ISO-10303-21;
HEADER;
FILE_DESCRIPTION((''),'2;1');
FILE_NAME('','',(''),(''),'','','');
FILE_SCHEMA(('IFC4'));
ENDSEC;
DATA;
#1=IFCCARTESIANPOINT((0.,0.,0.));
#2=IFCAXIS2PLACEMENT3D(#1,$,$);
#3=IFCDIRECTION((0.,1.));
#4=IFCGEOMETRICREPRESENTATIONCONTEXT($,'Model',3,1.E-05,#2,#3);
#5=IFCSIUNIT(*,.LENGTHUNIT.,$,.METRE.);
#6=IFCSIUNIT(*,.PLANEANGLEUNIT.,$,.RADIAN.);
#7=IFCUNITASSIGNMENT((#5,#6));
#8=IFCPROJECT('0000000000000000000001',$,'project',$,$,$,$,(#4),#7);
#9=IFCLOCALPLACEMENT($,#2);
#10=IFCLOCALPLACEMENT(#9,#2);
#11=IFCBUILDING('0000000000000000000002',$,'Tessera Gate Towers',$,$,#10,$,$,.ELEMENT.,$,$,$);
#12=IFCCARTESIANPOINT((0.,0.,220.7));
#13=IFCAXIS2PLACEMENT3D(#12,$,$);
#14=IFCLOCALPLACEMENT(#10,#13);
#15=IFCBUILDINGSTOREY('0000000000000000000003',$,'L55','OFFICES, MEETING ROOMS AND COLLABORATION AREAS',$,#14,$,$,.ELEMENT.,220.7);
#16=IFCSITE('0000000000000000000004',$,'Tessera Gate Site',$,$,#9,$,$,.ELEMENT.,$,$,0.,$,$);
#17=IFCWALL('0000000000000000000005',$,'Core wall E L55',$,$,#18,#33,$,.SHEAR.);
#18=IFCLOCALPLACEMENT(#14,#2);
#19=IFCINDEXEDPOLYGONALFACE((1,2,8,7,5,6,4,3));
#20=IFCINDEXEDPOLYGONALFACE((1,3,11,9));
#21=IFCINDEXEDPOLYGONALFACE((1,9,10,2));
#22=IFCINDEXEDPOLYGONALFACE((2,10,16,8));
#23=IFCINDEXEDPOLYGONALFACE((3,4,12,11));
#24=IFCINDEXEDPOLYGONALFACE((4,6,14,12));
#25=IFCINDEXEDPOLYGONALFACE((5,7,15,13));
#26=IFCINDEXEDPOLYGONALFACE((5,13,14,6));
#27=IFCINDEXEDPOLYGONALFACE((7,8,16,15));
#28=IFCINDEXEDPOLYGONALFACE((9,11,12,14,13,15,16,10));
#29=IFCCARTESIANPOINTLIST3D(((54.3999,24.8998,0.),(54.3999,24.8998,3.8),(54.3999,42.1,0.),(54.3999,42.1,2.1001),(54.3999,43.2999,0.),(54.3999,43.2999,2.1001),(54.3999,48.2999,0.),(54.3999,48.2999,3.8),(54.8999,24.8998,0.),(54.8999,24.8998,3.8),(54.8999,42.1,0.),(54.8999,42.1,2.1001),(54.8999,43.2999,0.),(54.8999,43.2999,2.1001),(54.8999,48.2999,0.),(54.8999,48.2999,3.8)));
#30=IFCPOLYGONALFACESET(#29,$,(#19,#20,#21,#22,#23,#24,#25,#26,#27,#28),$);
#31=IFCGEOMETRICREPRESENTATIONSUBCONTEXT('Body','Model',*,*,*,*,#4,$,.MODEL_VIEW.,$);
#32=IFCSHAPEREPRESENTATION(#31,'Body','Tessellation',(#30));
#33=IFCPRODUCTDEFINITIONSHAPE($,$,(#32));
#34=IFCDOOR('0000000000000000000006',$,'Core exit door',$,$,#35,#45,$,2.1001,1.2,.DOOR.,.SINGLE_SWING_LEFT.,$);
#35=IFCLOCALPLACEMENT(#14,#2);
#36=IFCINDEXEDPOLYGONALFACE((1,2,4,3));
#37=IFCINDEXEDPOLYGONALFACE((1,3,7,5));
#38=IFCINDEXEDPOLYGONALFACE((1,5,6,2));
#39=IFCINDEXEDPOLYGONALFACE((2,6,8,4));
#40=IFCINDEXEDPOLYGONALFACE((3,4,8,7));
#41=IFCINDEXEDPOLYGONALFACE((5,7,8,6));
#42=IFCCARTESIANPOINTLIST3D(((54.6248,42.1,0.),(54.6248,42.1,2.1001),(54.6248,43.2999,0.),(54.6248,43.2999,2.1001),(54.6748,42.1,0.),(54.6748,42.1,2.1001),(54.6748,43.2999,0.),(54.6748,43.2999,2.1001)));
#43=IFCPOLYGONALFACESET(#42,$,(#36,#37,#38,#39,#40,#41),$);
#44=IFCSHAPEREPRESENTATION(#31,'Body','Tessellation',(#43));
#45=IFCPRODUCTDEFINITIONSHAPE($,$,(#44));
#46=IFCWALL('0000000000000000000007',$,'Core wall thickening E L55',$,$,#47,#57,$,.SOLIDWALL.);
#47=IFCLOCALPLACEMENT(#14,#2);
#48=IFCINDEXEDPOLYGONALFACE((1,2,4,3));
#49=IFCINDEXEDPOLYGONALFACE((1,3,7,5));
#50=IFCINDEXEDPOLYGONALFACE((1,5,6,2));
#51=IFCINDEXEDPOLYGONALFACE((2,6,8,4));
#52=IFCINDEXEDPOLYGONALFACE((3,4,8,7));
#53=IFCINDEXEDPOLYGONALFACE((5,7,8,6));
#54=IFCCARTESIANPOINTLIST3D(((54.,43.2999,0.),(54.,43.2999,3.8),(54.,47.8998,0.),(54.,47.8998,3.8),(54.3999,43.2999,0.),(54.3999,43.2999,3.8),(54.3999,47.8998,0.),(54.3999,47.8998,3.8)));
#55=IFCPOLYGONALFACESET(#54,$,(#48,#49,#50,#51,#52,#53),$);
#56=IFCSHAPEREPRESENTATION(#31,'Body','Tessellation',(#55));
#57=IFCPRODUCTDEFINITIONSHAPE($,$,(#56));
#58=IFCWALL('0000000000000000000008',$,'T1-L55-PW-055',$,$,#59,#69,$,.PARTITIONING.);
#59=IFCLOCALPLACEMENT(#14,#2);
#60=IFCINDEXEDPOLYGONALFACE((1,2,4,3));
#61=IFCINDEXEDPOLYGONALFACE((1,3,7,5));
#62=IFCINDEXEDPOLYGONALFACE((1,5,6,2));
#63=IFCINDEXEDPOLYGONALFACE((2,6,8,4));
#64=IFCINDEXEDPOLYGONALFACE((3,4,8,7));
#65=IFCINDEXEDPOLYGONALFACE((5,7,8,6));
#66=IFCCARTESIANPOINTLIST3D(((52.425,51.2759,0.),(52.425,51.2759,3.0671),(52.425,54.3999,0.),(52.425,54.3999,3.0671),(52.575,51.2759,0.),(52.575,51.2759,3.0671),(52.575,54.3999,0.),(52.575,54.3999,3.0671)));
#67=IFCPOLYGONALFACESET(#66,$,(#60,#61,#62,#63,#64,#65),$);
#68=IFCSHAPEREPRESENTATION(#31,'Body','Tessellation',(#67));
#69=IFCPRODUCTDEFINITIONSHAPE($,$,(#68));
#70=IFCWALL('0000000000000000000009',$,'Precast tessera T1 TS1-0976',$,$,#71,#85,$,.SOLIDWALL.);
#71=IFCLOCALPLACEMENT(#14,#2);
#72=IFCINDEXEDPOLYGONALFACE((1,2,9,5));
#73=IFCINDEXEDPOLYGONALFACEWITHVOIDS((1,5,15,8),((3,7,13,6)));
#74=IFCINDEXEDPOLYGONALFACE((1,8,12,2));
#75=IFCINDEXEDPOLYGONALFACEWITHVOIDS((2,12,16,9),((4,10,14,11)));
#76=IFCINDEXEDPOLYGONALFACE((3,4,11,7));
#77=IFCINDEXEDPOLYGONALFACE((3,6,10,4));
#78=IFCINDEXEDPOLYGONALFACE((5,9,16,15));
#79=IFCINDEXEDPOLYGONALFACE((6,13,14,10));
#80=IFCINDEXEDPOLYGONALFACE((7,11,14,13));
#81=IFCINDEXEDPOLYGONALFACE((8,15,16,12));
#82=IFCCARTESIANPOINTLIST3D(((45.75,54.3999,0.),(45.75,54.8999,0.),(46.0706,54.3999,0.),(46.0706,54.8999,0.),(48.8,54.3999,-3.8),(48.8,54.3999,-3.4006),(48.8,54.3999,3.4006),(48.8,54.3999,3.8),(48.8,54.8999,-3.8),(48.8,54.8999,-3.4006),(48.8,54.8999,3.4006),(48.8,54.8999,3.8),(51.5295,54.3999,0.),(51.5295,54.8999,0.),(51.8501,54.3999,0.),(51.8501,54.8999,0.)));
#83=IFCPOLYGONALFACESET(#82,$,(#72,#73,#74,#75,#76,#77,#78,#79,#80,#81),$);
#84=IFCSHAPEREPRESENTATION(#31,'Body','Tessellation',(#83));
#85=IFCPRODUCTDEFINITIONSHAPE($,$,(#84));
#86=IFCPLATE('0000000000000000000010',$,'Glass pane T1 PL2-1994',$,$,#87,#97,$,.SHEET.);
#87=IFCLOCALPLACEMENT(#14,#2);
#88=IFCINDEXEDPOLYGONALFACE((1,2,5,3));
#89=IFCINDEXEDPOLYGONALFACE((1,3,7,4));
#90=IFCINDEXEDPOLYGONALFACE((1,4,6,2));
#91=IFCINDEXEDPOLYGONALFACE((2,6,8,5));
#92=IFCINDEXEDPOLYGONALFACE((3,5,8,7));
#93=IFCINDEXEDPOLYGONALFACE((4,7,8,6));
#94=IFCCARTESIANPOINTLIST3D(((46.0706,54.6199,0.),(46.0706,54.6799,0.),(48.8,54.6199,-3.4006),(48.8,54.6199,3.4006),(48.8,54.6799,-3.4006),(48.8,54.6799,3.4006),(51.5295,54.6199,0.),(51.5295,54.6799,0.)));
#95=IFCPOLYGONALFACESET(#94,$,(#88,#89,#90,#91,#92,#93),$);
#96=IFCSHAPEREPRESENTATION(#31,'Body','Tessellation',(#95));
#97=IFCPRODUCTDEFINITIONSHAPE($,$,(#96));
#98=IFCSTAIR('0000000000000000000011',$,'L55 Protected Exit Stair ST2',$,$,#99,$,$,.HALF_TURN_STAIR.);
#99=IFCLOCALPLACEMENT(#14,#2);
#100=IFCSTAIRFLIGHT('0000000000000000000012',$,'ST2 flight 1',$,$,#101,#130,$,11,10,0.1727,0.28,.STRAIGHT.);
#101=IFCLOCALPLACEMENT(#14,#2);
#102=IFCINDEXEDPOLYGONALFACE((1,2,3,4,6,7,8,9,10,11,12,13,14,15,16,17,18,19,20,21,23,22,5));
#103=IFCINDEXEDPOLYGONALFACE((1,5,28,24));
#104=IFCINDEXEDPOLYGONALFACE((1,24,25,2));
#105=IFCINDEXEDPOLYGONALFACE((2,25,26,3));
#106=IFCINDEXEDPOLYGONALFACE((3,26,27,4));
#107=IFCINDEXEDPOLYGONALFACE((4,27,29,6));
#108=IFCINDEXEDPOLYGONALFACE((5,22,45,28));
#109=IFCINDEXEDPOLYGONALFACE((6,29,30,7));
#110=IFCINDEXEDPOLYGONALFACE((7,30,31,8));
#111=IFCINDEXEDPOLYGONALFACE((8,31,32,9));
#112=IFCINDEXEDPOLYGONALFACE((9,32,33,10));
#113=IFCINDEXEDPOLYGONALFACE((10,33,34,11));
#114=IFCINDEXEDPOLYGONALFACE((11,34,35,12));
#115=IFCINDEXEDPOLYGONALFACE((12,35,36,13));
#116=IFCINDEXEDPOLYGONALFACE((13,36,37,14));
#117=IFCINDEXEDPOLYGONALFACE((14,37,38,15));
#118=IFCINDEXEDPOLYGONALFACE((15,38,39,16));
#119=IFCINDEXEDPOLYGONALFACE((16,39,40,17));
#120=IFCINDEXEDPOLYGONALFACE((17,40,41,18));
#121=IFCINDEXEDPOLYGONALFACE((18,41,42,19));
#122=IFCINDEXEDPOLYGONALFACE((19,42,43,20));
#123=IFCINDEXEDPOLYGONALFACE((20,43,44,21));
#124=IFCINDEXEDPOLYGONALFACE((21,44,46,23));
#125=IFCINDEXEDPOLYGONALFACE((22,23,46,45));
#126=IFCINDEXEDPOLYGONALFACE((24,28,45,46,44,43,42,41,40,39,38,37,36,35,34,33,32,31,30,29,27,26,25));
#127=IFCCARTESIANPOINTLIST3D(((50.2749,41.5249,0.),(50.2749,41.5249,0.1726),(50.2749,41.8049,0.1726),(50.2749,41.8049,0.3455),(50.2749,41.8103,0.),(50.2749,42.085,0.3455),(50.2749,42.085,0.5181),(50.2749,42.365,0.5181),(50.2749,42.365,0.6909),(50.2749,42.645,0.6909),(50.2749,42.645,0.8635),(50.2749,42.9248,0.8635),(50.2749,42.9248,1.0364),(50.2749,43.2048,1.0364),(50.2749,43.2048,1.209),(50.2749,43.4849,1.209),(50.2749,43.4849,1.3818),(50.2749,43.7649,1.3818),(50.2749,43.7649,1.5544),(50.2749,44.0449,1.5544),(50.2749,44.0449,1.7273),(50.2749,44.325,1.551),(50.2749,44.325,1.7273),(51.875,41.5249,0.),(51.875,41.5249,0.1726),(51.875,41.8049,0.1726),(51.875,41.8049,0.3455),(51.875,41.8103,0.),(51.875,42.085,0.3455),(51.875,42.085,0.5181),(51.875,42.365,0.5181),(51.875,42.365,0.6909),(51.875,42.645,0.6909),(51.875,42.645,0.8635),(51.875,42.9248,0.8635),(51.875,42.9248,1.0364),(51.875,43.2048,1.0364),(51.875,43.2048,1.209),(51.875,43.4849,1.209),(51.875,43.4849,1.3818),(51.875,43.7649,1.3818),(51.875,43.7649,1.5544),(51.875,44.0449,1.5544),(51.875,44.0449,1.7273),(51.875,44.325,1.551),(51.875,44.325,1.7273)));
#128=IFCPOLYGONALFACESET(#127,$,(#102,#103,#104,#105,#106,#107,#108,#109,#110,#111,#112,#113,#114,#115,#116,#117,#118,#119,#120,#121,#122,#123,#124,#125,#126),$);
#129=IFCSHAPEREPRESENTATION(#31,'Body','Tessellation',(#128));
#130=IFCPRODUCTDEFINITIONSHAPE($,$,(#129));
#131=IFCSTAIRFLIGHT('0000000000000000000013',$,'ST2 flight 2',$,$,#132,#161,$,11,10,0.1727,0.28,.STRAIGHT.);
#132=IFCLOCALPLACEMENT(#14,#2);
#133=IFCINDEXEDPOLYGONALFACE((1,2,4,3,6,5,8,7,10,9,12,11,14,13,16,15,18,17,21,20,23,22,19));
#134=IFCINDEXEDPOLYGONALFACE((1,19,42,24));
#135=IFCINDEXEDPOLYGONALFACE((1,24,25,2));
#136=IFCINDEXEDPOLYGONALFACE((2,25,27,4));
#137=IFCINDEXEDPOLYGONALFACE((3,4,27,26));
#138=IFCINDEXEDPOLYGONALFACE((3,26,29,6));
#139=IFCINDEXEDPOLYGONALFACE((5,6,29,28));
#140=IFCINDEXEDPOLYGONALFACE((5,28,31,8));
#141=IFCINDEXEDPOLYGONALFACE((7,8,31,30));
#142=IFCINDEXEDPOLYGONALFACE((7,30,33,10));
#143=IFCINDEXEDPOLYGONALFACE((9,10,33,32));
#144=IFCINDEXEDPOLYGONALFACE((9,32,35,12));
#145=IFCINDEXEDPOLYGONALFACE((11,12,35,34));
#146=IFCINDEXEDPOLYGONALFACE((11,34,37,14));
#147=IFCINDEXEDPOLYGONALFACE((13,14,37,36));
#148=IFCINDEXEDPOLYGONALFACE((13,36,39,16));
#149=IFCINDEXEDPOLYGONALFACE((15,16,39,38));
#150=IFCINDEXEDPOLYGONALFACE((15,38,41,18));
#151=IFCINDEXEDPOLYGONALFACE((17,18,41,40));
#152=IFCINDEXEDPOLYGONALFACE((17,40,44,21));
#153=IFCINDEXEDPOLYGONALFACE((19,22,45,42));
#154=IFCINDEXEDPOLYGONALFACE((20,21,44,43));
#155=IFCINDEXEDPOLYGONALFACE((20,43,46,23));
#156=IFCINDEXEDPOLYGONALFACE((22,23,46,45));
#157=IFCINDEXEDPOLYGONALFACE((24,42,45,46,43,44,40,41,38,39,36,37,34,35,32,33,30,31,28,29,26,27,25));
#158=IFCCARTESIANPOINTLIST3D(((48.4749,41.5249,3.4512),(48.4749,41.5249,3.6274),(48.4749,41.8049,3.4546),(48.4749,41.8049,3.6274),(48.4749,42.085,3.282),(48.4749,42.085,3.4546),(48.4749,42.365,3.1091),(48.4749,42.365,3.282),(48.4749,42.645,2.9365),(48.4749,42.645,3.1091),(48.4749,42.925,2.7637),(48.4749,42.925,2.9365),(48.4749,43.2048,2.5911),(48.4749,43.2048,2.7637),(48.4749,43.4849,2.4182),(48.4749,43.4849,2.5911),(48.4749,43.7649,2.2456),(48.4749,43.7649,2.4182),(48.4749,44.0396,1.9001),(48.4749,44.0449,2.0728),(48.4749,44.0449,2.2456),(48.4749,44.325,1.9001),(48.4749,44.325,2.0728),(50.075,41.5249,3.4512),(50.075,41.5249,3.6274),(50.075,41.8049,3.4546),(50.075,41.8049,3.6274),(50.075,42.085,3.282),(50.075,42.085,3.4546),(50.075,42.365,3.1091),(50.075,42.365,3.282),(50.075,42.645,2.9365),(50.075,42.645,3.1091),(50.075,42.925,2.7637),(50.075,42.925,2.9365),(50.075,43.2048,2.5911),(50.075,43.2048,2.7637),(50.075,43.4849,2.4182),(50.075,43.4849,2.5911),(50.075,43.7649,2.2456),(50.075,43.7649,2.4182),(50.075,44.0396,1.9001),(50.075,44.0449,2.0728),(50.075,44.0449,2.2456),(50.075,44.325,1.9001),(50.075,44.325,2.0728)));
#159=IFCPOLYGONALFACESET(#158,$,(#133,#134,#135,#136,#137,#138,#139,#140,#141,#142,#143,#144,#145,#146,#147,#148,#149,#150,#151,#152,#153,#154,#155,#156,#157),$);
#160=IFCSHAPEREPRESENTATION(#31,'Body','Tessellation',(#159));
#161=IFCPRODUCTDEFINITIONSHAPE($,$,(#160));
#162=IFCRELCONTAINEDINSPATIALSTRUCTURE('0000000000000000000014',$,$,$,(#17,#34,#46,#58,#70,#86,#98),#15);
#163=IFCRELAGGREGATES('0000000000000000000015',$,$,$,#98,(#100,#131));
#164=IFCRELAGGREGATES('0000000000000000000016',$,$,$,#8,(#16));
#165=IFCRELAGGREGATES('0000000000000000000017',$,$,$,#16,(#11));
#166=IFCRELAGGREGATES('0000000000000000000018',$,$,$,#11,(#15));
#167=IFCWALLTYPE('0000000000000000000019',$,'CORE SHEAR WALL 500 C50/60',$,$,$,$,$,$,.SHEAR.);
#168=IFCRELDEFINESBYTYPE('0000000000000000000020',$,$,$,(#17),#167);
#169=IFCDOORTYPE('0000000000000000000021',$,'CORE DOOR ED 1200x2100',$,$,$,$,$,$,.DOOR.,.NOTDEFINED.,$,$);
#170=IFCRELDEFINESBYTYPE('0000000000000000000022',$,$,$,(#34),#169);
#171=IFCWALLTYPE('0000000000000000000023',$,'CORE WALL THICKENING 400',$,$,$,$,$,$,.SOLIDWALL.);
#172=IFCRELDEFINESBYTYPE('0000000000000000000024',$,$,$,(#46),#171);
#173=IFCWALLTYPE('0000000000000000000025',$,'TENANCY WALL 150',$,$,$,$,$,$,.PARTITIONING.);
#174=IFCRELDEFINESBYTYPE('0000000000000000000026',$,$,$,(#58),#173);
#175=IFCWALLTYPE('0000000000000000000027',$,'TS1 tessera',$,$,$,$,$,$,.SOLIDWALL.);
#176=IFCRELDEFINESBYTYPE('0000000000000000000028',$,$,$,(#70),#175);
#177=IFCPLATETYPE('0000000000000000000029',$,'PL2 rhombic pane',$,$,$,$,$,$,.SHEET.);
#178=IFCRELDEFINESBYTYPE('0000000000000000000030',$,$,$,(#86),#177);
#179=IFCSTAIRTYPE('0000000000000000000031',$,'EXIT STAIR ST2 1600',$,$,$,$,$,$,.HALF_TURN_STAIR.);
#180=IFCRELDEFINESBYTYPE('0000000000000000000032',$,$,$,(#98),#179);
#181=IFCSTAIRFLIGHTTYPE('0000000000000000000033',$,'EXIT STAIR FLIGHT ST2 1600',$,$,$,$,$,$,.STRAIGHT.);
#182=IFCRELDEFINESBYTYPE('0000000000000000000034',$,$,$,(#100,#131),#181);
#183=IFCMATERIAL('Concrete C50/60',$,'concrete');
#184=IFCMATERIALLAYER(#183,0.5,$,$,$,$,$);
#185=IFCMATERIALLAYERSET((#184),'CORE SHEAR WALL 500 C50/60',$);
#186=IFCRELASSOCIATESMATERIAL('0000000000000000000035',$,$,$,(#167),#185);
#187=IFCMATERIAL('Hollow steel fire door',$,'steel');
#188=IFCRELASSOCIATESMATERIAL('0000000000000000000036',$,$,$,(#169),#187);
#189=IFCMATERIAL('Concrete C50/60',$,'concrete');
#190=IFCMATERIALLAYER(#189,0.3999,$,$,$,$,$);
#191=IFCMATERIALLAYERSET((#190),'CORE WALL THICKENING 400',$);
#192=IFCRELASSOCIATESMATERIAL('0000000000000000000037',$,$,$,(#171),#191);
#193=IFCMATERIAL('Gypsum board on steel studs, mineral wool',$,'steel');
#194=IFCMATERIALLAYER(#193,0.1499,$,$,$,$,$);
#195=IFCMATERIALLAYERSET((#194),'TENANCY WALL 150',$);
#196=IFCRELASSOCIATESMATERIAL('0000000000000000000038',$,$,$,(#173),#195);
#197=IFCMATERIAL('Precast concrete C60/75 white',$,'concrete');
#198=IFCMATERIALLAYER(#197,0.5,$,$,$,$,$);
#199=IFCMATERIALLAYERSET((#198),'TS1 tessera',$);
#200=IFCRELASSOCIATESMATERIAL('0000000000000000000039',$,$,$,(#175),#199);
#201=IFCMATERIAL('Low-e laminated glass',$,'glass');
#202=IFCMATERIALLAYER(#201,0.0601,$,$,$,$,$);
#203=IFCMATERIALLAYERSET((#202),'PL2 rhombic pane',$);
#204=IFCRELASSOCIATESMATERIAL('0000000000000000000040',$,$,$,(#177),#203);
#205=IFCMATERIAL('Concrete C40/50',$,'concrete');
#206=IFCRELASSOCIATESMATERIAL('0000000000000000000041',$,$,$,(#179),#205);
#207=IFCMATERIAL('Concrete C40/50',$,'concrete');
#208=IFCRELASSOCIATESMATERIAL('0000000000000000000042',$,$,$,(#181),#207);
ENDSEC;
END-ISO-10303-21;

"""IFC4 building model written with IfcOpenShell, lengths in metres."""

from ifc_helpers import new_model, si_unit, direction, frame, frame_2d, origin, place, context, subcontext, project, spatial, polyline, rectangle, outline, extrude, source, transform, mapped, material, layer, layer_set, type_object, element, fill, aggregate, save


model = new_model("IFC4")

# Units and contexts
model_context = context("Model", 3, precision=1e-05, world=origin(), true_north=direction((0.0, 1.0)))
body_context = subcontext(model_context, "Body", "Model", "MODEL_VIEW")
ifc_project = project(units=[si_unit("LENGTHUNIT", "METRE"), si_unit("PLANEANGLEUNIT", "RADIAN")], contexts=[model_context])

# Site, building, storey
site_placement = place(None, origin())
site = spatial("IfcSite", under=ifc_project, at=site_placement, Name="Tessera Gate Site", CompositionType="ELEMENT", RefElevation=0.0)
building_placement = place(site_placement, origin())
building = spatial("IfcBuilding", under=site, at=building_placement, Name="Tessera Gate Towers", CompositionType="ELEMENT")
storey_placement = place(building_placement, frame((0.0, 0.0, 220.7)))
storey = spatial("IfcBuildingStorey", under=building, at=storey_placement, Name="L55", Description="OFFICES, MEETING ROOMS AND COLLABORATION AREAS", CompositionType="ELEMENT", Elevation=220.7)

# Shared definitions
shared_shape_1 = source(origin(), body_context, "Body", "SweptSolid", [
    extrude(rectangle(XDim=1.2, YDim=2.1001, at=frame_2d((0.6001, 1.05))), frame((0.0, 0.0249, 0.0), z_axis=(0.0, -1.0, 0.0), x_axis=(1.0, 0.0, 0.0)), (0.0, 0.0, 1.0), 0.05),
])

# Wall, opening, door
ifc_material_1 = material(Name="Concrete C50/60", Category="concrete")
ifc_layer_1 = layer(ifc_material_1, 0.5)
ifc_layer_set_1 = layer_set([ifc_layer_1], Name="CORE SHEAR WALL 500 C50/60")
wall_type_1 = type_object("IfcWallType", Name="CORE SHEAR WALL 500 C50/60", PredefinedType="SHEAR", material=ifc_layer_set_1)
wall_1_placement = place(storey_placement, frame((54.6499, 48.3, 0.0), z_axis=(0.0, 0.0, 1.0), x_axis=(0.0, -1.0, 0.0)))
wall_1 = element("IfcWall", 1, at=wall_1_placement, inside=storey, type_object=wall_type_1, Name="Core wall E L55", PredefinedType="SHEAR", context=body_context, shape_type="SweptSolid", body=[
    extrude(rectangle(XDim=23.4001, YDim=0.5, at=frame_2d((11.7002, 0.0))), origin(), (0.0, 0.0, 1.0), 3.8),
])
shared_shape_2 = source(origin(), body_context, "Body", "SweptSolid", [
    extrude(rectangle(XDim=1.2, YDim=2.1001, at=frame_2d((0.6001, 1.05))), frame((0.0, 0.26, 0.0), z_axis=(0.0, -1.0, 0.0), x_axis=(1.0, 0.0, 0.0)), (0.0, 0.0, 1.0), 0.52),
])
opening_1_placement = place(wall_1_placement, frame((5.0, 0.0, 0.0)))
opening_1 = element("IfcOpeningElement", 2, at=opening_1_placement, cuts=wall_1, PredefinedType="OPENING", context=body_context, shape_type="MappedRepresentation", body=[
    mapped(shared_shape_2, transform((0.0, 0.0, 0.0), scale=1.0)),
])
ifc_material_2 = material(Name="Hollow steel fire door", Category="steel")
door_type_1 = type_object("IfcDoorType", Name="CORE DOOR ED 1200x2100", OperationType="NOTDEFINED", PredefinedType="DOOR", material=ifc_material_2)
door_1_placement = place(opening_1_placement, origin())
door_1 = element("IfcDoor", 3, at=door_1_placement, inside=storey, type_object=door_type_1, Name="Core exit door", OperationType="SINGLE_SWING_LEFT", OverallHeight=2.1001, OverallWidth=1.2, PredefinedType="DOOR", context=body_context, shape_type="MappedRepresentation", body=[
    mapped(shared_shape_1, transform((0.0, 0.0, 0.0), scale=1.0)),
])
fill(opening_1, door_1)

# Walls
ifc_material_3 = material(Name="Concrete C50/60", Category="concrete")
ifc_layer_2 = layer(ifc_material_3, 0.3999)
ifc_layer_set_2 = layer_set([ifc_layer_2], Name="CORE WALL THICKENING 400")
wall_type_2 = type_object("IfcWallType", Name="CORE WALL THICKENING 400", PredefinedType="SOLIDWALL", material=ifc_layer_set_2)
wall_2_placement = place(storey_placement, frame((54.2, 43.3, 0.0), z_axis=(0.0, 0.0, 1.0), x_axis=(0.0, 1.0, 0.0)))
element("IfcWall", 4, at=wall_2_placement, inside=storey, type_object=wall_type_2, Name="Core wall thickening E L55", PredefinedType="SOLIDWALL", context=body_context, shape_type="SweptSolid", body=[
    extrude(rectangle(XDim=4.5999, YDim=0.3999, at=frame_2d((2.2998, 0.0))), origin(), (0.0, 0.0, 1.0), 3.8),
])
ifc_material_4 = material(Name="Gypsum board on steel studs, mineral wool", Category="steel")
ifc_layer_3 = layer(ifc_material_4, 0.1499)
ifc_layer_set_3 = layer_set([ifc_layer_3], Name="TENANCY WALL 150")
wall_type_3 = type_object("IfcWallType", Name="TENANCY WALL 150", PredefinedType="PARTITIONING", material=ifc_layer_set_3)
wall_3_placement = place(storey_placement, frame((52.5, 51.2759, 0.0), z_axis=(0.0, 0.0, 1.0), x_axis=(0.0, 1.0, 0.0)))
element("IfcWall", 5, at=wall_3_placement, inside=storey, type_object=wall_type_3, Name="T1-L55-PW-055", PredefinedType="PARTITIONING", context=body_context, shape_type="SweptSolid", body=[
    extrude(rectangle(XDim=3.124, YDim=0.1499, at=frame_2d((1.562, 0.0))), origin(), (0.0, 0.0, 1.0), 3.0671),
])

# Wall, opening, plate
ifc_material_5 = material(Name="Precast concrete C60/75 white", Category="concrete")
ifc_layer_4 = layer(ifc_material_5, 0.5)
ifc_layer_set_4 = layer_set([ifc_layer_4], Name="TS1 tessera")
wall_type_4 = type_object("IfcWallType", Name="TS1 tessera", PredefinedType="SOLIDWALL", material=ifc_layer_set_4)
shared_shape_3 = source(origin(), body_context, "Body", "SweptSolid", [
    extrude(outline(polyline([(3.05, 0.0), (6.1001, 3.8), (3.05, 7.6001), (0.0, 3.8), (3.05, 0.0)])), frame((0.0, 0.25, 0.0), z_axis=(0.0, -1.0, 0.0), x_axis=(1.0, 0.0, 0.0)), (0.0, 0.0, 1.0), 0.5),
])
wall_4_placement = place(storey_placement, frame((51.8501, 54.6499, -3.8), z_axis=(0.0, 0.0, 1.0), x_axis=(-1.0, 0.0, 0.0)))
wall_4 = element("IfcWall", 6, at=wall_4_placement, inside=storey, type_object=wall_type_4, Name="Precast tessera T1 TS1-0976", PredefinedType="SOLIDWALL", context=body_context, shape_type="MappedRepresentation", body=[
    mapped(shared_shape_3, transform((0.0, 0.0, 0.0), scale=1.0)),
])
shared_shape_4 = source(origin(), body_context, "Body", "SweptSolid", [
    extrude(outline(polyline([(3.05, 0.3994), (5.7795, 3.8), (3.05, 7.2007), (0.3206, 3.8), (3.05, 0.3994)])), frame((0.0, 0.26, 0.0), z_axis=(0.0, -1.0, 0.0), x_axis=(1.0, 0.0, 0.0)), (0.0, 0.0, 1.0), 0.52),
])
opening_2_placement = place(wall_4_placement, origin())
opening_2 = element("IfcOpeningElement", 7, at=opening_2_placement, cuts=wall_4, PredefinedType="OPENING", context=body_context, shape_type="MappedRepresentation", body=[
    mapped(shared_shape_4, transform((0.0, 0.0, 0.0), scale=1.0)),
])
ifc_material_6 = material(Name="Low-e laminated glass", Category="glass")
ifc_layer_5 = layer(ifc_material_6, 0.0601)
ifc_layer_set_5 = layer_set([ifc_layer_5], Name="PL2 rhombic pane")
plate_type = type_object("IfcPlateType", Name="PL2 rhombic pane", PredefinedType="SHEET", material=ifc_layer_set_5)
shared_shape_5 = source(origin(), body_context, "Body", "SweptSolid", [
    extrude(outline(polyline([(3.05, 0.3994), (5.7795, 3.8), (3.05, 7.2007), (0.3206, 3.8), (3.05, 0.3994)])), frame((0.0, 0.03, 0.0), z_axis=(0.0, -1.0, 0.0), x_axis=(1.0, 0.0, 0.0)), (0.0, 0.0, 1.0), 0.0601),
])
plate_placement = place(opening_2_placement, origin())
plate = element("IfcPlate", 8, at=plate_placement, inside=storey, type_object=plate_type, Name="Glass pane T1 PL2-1994", PredefinedType="SHEET", context=body_context, shape_type="MappedRepresentation", body=[
    mapped(shared_shape_5, transform((0.0, 0.0, 0.0), scale=1.0)),
])
fill(opening_2, plate)

# Stair, stair flights
ifc_material_7 = material(Name="Concrete C40/50", Category="concrete")
stair_type = type_object("IfcStairType", Name="EXIT STAIR ST2 1600", PredefinedType="HALF_TURN_STAIR", material=ifc_material_7)
stair_placement = place(storey_placement, origin())
stair = element("IfcStair", 9, at=stair_placement, inside=storey, type_object=stair_type, Name="L55 Protected Exit Stair ST2", PredefinedType="HALF_TURN_STAIR")
ifc_material_8 = material(Name="Concrete C40/50", Category="concrete")
stair_flight_type = type_object("IfcStairFlightType", Name="EXIT STAIR FLIGHT ST2 1600", PredefinedType="STRAIGHT", material=ifc_material_8)
stair_flight_1_placement = place(storey_placement, frame((51.075, 41.5249, 0.0), z_axis=(0.0, 0.0, 1.0), x_axis=(0.0, 1.0, 0.0)))
stair_flight_1 = element("IfcStairFlight", 10, at=stair_flight_1_placement, type_object=stair_flight_type, Name="ST2 flight 1", NumberOfRisers=11, NumberOfTreads=10, PredefinedType="STRAIGHT", RiserHeight=0.1727, TreadLength=0.28, context=body_context, shape_type="SweptSolid", body=[
    extrude(outline(polyline([(0.0, 0.0), (0.0, 0.1726), (0.28, 0.1726), (0.28, 0.3455), (0.5601, 0.3455), (0.5601, 0.5181), (0.8401, 0.5181), (0.8401, 0.6909), (1.1201, 0.6909), (1.1201, 0.8635), (1.3999, 0.8635), (1.3999, 1.0364), (1.6799, 1.0364), (1.6799, 1.209), (1.96, 1.209), (1.96, 1.3818), (2.24, 1.3818), (2.24, 1.5544), (2.52, 1.5544), (2.52, 1.7273), (2.8, 1.7273), (2.8, 1.8999), (2.8, 1.551), (0.2854, 0.0), (0.0, 0.0)])), frame((0.0, 0.8, 0.0), z_axis=(0.0, -1.0, 0.0), x_axis=(1.0, 0.0, 0.0)), (0.0, 0.0, 1.0), 1.6001),
])
stair_flight_2_placement = place(storey_placement, frame((49.2749, 44.325, 1.9001), z_axis=(0.0, 0.0, 1.0), x_axis=(0.0, -1.0, 0.0)))
stair_flight_2 = element("IfcStairFlight", 11, at=stair_flight_2_placement, type_object=stair_flight_type, Name="ST2 flight 2", NumberOfRisers=11, NumberOfTreads=10, PredefinedType="STRAIGHT", RiserHeight=0.1727, TreadLength=0.28, context=body_context, shape_type="SweptSolid", body=[
    extrude(outline(polyline([(0.0, 0.0), (0.0, 0.1726), (0.28, 0.1726), (0.28, 0.3455), (0.5601, 0.3455), (0.5601, 0.5181), (0.8401, 0.5181), (0.8401, 0.6909), (1.1201, 0.6909), (1.1201, 0.8635), (1.3999, 0.8635), (1.3999, 1.0364), (1.6799, 1.0364), (1.6799, 1.209), (1.96, 1.209), (1.96, 1.3818), (2.24, 1.3818), (2.24, 1.5544), (2.52, 1.5544), (2.52, 1.7273), (2.8, 1.7273), (2.8, 1.8999), (2.8, 1.551), (0.2854, 0.0), (0.0, 0.0)])), frame((0.0, 0.8, 0.0), z_axis=(0.0, -1.0, 0.0), x_axis=(1.0, 0.0, 0.0)), (0.0, 0.0, 1.0), 1.6001),
])
aggregate(stair, [stair_flight_1, stair_flight_2])

save(model, "model.ifc")
